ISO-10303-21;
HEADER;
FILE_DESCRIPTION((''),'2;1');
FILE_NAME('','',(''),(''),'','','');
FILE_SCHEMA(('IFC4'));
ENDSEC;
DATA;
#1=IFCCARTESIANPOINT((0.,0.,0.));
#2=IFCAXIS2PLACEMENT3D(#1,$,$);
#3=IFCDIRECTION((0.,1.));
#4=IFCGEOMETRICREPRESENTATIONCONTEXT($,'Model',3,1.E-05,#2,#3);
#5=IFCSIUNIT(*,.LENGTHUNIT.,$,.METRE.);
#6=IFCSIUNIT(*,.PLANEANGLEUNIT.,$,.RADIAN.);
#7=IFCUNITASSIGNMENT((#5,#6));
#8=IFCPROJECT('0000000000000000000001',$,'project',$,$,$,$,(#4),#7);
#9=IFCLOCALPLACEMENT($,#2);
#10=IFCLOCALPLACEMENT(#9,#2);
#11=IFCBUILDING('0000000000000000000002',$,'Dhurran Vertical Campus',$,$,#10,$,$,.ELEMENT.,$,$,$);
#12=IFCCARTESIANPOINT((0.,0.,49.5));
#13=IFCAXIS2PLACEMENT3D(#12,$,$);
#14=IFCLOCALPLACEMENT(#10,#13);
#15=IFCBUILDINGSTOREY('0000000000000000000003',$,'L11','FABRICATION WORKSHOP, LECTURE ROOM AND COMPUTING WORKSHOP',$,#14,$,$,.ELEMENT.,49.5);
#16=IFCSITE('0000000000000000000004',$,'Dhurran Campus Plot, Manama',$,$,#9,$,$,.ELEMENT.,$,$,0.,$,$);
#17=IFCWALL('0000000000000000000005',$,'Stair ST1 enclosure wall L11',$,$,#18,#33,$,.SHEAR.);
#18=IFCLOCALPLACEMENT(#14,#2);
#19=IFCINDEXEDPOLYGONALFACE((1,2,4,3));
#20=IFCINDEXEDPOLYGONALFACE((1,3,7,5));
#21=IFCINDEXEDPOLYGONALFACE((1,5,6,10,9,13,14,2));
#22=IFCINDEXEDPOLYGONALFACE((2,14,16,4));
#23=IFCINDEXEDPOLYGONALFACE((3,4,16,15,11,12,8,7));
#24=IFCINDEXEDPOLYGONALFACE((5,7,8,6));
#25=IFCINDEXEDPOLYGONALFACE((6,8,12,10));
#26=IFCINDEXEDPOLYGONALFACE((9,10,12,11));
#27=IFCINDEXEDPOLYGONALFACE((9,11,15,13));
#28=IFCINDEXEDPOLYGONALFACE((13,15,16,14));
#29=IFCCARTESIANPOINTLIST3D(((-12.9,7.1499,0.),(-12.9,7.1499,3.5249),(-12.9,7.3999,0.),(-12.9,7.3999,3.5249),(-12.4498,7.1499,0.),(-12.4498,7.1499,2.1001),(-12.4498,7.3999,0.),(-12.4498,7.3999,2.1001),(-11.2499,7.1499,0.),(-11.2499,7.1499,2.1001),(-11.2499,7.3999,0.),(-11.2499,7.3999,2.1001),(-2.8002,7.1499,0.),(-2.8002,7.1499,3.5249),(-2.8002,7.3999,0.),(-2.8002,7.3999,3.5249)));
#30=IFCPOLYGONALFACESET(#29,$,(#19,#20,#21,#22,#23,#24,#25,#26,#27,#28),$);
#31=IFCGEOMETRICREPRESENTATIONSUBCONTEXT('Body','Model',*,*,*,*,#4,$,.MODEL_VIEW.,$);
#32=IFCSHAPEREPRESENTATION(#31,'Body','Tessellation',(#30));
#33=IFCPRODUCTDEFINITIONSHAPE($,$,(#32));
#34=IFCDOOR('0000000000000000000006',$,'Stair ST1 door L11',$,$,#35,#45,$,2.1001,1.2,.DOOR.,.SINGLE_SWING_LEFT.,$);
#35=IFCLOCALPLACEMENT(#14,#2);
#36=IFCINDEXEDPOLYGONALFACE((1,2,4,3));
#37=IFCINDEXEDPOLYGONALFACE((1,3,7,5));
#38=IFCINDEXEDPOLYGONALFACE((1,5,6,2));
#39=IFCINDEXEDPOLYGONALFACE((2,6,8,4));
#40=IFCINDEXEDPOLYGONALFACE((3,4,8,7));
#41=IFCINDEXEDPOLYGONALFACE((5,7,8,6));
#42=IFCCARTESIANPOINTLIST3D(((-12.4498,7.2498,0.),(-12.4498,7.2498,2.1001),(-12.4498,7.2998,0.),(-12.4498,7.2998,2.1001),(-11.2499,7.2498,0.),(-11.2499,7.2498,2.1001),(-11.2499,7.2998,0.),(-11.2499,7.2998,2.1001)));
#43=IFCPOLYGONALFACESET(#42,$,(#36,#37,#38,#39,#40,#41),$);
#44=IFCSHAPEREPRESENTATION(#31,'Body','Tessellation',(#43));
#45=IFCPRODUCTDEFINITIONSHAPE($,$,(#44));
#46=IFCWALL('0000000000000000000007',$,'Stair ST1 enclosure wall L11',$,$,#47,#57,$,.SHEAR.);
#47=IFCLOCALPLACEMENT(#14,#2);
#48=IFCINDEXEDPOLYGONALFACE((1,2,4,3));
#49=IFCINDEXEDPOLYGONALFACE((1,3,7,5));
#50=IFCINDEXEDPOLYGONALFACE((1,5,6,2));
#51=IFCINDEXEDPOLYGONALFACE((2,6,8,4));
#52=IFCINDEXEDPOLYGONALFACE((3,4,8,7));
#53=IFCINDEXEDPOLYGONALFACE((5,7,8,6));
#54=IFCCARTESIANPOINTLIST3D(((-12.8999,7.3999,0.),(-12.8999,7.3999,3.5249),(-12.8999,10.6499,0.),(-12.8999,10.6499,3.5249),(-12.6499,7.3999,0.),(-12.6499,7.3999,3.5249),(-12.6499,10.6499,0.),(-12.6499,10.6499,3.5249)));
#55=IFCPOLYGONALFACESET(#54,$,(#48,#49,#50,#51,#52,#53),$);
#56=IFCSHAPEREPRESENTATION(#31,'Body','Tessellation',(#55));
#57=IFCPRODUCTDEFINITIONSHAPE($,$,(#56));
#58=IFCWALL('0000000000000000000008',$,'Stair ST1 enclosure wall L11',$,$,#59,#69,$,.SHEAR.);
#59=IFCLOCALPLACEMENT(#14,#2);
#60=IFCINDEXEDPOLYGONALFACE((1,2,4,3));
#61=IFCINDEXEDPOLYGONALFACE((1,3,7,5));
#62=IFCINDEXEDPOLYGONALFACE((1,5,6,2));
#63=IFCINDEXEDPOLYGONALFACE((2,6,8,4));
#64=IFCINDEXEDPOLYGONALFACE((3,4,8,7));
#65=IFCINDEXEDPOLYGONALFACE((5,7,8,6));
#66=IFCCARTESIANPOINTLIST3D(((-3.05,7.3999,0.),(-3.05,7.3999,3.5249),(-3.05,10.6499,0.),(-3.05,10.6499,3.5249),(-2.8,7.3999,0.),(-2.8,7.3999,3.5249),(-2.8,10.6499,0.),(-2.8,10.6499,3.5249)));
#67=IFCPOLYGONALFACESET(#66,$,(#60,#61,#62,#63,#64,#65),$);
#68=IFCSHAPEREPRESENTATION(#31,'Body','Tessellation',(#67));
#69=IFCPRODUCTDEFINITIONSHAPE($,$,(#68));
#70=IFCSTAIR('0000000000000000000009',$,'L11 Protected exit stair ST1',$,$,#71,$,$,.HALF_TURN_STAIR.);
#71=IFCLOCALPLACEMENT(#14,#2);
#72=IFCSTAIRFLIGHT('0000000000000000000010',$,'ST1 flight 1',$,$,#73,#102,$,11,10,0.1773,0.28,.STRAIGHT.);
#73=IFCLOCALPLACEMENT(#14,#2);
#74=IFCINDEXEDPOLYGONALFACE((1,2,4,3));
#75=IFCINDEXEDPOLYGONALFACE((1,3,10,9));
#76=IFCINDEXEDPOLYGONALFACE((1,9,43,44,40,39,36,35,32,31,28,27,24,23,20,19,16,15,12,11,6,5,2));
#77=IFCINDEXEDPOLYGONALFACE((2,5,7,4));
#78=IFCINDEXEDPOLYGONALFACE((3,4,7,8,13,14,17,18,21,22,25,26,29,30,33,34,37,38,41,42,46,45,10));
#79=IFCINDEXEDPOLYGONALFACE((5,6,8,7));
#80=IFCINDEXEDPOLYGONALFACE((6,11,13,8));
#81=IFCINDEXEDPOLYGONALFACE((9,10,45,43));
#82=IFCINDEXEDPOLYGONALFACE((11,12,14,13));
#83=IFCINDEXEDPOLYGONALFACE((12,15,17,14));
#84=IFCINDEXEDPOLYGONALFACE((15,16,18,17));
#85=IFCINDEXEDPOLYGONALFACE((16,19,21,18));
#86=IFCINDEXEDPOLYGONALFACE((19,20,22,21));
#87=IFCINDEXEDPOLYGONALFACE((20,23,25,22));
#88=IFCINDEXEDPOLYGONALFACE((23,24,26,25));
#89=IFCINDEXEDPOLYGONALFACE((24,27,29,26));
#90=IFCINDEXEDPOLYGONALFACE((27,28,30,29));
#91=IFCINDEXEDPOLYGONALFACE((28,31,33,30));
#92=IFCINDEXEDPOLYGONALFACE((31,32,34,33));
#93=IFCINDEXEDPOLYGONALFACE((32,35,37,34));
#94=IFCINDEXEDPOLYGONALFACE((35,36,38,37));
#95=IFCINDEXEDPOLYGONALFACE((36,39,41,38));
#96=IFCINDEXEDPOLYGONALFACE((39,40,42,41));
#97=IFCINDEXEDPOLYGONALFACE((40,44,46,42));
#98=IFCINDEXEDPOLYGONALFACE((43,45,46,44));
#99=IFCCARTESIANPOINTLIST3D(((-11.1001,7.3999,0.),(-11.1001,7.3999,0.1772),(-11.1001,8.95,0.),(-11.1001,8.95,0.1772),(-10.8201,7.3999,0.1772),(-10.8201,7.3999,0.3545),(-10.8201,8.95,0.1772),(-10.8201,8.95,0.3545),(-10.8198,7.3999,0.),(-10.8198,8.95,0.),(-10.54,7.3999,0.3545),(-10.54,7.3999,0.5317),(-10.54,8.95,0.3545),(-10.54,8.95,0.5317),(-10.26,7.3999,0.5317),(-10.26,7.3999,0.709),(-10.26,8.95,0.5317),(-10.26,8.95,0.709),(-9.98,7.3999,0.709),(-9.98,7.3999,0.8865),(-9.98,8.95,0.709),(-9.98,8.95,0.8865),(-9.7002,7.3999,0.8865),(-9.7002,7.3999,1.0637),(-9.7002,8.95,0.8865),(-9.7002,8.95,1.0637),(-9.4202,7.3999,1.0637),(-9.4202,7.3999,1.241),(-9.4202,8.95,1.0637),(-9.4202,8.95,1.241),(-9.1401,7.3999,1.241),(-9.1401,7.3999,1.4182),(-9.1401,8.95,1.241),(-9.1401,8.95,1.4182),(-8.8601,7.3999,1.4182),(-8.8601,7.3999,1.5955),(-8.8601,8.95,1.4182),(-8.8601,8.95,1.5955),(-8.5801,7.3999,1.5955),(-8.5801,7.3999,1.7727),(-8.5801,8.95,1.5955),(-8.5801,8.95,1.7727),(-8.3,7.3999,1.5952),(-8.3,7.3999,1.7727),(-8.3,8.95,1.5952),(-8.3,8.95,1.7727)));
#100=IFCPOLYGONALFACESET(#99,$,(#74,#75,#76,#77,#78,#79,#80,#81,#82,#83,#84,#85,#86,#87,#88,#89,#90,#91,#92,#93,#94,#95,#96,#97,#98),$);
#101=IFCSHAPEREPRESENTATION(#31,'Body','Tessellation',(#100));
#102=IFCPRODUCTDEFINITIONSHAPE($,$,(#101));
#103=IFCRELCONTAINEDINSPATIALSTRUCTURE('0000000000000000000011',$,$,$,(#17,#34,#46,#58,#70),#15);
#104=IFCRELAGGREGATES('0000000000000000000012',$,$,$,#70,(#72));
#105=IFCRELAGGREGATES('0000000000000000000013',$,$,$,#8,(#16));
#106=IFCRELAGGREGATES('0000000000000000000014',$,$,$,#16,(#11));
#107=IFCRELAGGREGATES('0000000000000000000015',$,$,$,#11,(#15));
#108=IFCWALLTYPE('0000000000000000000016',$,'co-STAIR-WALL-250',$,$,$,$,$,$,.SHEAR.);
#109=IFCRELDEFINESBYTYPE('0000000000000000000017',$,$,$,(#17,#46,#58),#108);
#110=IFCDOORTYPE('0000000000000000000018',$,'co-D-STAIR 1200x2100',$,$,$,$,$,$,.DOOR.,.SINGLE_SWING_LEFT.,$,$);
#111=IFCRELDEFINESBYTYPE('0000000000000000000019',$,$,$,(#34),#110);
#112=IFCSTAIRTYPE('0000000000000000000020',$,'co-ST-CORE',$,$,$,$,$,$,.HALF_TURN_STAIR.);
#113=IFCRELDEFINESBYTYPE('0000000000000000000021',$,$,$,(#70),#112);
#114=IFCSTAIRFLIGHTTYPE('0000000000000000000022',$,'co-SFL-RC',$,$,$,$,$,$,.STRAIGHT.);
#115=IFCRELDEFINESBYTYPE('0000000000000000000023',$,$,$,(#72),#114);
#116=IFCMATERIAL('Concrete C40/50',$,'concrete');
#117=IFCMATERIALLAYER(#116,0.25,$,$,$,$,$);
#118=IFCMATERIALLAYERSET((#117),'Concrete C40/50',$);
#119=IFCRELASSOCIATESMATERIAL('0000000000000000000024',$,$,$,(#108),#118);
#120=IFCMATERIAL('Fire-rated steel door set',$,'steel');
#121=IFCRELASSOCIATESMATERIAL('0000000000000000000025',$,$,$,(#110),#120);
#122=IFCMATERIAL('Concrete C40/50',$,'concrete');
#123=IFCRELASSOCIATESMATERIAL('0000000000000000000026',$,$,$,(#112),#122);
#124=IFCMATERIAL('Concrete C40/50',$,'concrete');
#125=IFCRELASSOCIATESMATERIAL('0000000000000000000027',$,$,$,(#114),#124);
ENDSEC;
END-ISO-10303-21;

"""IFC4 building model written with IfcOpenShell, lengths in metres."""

from ifc_helpers import new_model, si_unit, direction, frame, frame_2d, origin, place, context, subcontext, project, spatial, polyline, rectangle, outline, extrude, material, layer, layer_set, type_object, element, fill, aggregate, save


model = new_model("IFC4")

# Units and contexts
model_context = context("Model", 3, precision=1e-05, world=origin(), true_north=direction((0.0, 1.0)))
body_context = subcontext(model_context, "Body", "Model", "MODEL_VIEW")
ifc_project = project(units=[si_unit("LENGTHUNIT", "METRE"), si_unit("PLANEANGLEUNIT", "RADIAN")], contexts=[model_context])

# Site, building, storey
site_placement = place(None, origin())
site = spatial("IfcSite", under=ifc_project, at=site_placement, Name="Dhurran Campus Plot, Manama", CompositionType="ELEMENT", RefElevation=0.0)
building_placement = place(site_placement, origin())
building = spatial("IfcBuilding", under=site, at=building_placement, Name="Dhurran Vertical Campus", CompositionType="ELEMENT")
storey_placement = place(building_placement, frame((0.0, 0.0, 49.5)))
storey = spatial("IfcBuildingStorey", under=building, at=storey_placement, Name="L11", Description="FABRICATION WORKSHOP, LECTURE ROOM AND COMPUTING WORKSHOP", CompositionType="ELEMENT", Elevation=49.5)

# Wall, opening, door
ifc_material_1 = material(Name="Concrete C40/50", Category="concrete")
ifc_layer_1 = layer(ifc_material_1, 0.25)
ifc_layer_set_1 = layer_set([ifc_layer_1], Name="Concrete C40/50")
wall_type_1 = type_object("IfcWallType", Name="co-STAIR-WALL-250", PredefinedType="SHEAR", material=ifc_layer_set_1)
wall_1_placement = place(storey_placement, frame((-12.8999, 7.2749, 0.0), z_axis=(0.0, 0.0, 1.0), x_axis=(1.0, 0.0, 0.0)))
wall_1 = element("IfcWall", 1, at=wall_1_placement, inside=storey, type_object=wall_type_1, Name="Stair ST1 enclosure wall L11", PredefinedType="SHEAR", context=body_context, shape_type="SweptSolid", body=[
    extrude(rectangle(XDim=10.0999, YDim=0.25, at=frame_2d((5.0498, 0.0))), origin(), (0.0, 0.0, 1.0), 3.5249),
])
opening_1_placement = place(wall_1_placement, frame((0.45, 0.0, 0.0)))
opening_1 = element("IfcOpeningElement", 2, at=opening_1_placement, cuts=wall_1, PredefinedType="OPENING", context=body_context, shape_type="SweptSolid", body=[
    extrude(rectangle(XDim=1.2, YDim=2.1001, at=frame_2d((0.6001, 1.05))), frame((0.0, 0.135, 0.0), z_axis=(0.0, -1.0, 0.0), x_axis=(1.0, 0.0, 0.0)), (0.0, 0.0, 1.0), 0.27),
])
ifc_material_2 = material(Name="Fire-rated steel door set", Category="steel")
door_type_1 = type_object("IfcDoorType", Name="co-D-STAIR 1200x2100", OperationType="SINGLE_SWING_LEFT", PredefinedType="DOOR", material=ifc_material_2)
door_1_placement = place(opening_1_placement, origin())
door_1 = element("IfcDoor", 3, at=door_1_placement, inside=storey, type_object=door_type_1, Name="Stair ST1 door L11", OperationType="SINGLE_SWING_LEFT", OverallHeight=2.1001, OverallWidth=1.2, PredefinedType="DOOR", context=body_context, shape_type="SweptSolid", body=[
    extrude(rectangle(XDim=1.2, YDim=2.1001, at=frame_2d((0.6001, 1.05))), frame((0.0, 0.0249, 0.0), z_axis=(0.0, -1.0, 0.0), x_axis=(1.0, 0.0, 0.0)), (0.0, 0.0, 1.0), 0.05),
])
fill(opening_1, door_1)

# Walls
for number, where, z_axis, x_axis, name in (
    (4, (-12.7749, 7.3999, 0.0), (0.0, 0.0, 1.0), (0.0, 1.0, 0.0), "Stair ST1 enclosure wall L11"),
    (5, (-2.925, 7.3999, 0.0), (0.0, 0.0, 1.0), (0.0, 1.0, 0.0), "Stair ST1 enclosure wall L11"),
):
    element("IfcWall", number, at=place(storey_placement, frame(where, z_axis=z_axis, x_axis=x_axis)), inside=storey, type_object=wall_type_1, Name=name, PredefinedType="SHEAR", context=body_context, shape_type="SweptSolid", body=[
        extrude(rectangle(XDim=3.25, YDim=0.25, at=frame_2d((1.625, 0.0))), origin(), (0.0, 0.0, 1.0), 3.5249),
    ])

# Stair, stair flight
ifc_material_3 = material(Name="Concrete C40/50", Category="concrete")
stair_type = type_object("IfcStairType", Name="co-ST-CORE", PredefinedType="HALF_TURN_STAIR", material=ifc_material_3)
stair_placement = place(storey_placement, origin())
stair = element("IfcStair", 6, at=stair_placement, inside=storey, type_object=stair_type, Name="L11 Protected exit stair ST1", PredefinedType="HALF_TURN_STAIR")
ifc_material_4 = material(Name="Concrete C40/50", Category="concrete")
stair_flight_type = type_object("IfcStairFlightType", Name="co-SFL-RC", PredefinedType="STRAIGHT", material=ifc_material_4)
stair_flight_placement = place(storey_placement, frame((-11.1001, 8.175, 0.0), z_axis=(0.0, 0.0, 1.0), x_axis=(1.0, 0.0, 0.0)))
stair_flight = element("IfcStairFlight", 7, at=stair_flight_placement, type_object=stair_flight_type, Name="ST1 flight 1", NumberOfRisers=11, NumberOfTreads=10, PredefinedType="STRAIGHT", RiserHeight=0.1773, TreadLength=0.28, context=body_context, shape_type="SweptSolid", body=[
    extrude(outline(polyline([(0.0, 0.0), (0.0, 0.1772), (0.28, 0.1772), (0.28, 0.3545), (0.5601, 0.3545), (0.5601, 0.5317), (0.8401, 0.5317), (0.8401, 0.709), (1.1201, 0.709), (1.1201, 0.8865), (1.3999, 0.8865), (1.3999, 1.0637), (1.6799, 1.0637), (1.6799, 1.241), (1.96, 1.241), (1.96, 1.4182), (2.24, 1.4182), (2.24, 1.5955), (2.52, 1.5955), (2.52, 1.7727), (2.8, 1.7727), (2.8, 1.95), (2.8, 1.5952), (0.2803, 0.0), (0.0, 0.0)])), frame((0.0, 0.7749, 0.0), z_axis=(0.0, -1.0, 0.0), x_axis=(1.0, 0.0, 0.0)), (0.0, 0.0, 1.0), 1.55),
])
aggregate(stair, [stair_flight])

save(model, "model.ifc")
